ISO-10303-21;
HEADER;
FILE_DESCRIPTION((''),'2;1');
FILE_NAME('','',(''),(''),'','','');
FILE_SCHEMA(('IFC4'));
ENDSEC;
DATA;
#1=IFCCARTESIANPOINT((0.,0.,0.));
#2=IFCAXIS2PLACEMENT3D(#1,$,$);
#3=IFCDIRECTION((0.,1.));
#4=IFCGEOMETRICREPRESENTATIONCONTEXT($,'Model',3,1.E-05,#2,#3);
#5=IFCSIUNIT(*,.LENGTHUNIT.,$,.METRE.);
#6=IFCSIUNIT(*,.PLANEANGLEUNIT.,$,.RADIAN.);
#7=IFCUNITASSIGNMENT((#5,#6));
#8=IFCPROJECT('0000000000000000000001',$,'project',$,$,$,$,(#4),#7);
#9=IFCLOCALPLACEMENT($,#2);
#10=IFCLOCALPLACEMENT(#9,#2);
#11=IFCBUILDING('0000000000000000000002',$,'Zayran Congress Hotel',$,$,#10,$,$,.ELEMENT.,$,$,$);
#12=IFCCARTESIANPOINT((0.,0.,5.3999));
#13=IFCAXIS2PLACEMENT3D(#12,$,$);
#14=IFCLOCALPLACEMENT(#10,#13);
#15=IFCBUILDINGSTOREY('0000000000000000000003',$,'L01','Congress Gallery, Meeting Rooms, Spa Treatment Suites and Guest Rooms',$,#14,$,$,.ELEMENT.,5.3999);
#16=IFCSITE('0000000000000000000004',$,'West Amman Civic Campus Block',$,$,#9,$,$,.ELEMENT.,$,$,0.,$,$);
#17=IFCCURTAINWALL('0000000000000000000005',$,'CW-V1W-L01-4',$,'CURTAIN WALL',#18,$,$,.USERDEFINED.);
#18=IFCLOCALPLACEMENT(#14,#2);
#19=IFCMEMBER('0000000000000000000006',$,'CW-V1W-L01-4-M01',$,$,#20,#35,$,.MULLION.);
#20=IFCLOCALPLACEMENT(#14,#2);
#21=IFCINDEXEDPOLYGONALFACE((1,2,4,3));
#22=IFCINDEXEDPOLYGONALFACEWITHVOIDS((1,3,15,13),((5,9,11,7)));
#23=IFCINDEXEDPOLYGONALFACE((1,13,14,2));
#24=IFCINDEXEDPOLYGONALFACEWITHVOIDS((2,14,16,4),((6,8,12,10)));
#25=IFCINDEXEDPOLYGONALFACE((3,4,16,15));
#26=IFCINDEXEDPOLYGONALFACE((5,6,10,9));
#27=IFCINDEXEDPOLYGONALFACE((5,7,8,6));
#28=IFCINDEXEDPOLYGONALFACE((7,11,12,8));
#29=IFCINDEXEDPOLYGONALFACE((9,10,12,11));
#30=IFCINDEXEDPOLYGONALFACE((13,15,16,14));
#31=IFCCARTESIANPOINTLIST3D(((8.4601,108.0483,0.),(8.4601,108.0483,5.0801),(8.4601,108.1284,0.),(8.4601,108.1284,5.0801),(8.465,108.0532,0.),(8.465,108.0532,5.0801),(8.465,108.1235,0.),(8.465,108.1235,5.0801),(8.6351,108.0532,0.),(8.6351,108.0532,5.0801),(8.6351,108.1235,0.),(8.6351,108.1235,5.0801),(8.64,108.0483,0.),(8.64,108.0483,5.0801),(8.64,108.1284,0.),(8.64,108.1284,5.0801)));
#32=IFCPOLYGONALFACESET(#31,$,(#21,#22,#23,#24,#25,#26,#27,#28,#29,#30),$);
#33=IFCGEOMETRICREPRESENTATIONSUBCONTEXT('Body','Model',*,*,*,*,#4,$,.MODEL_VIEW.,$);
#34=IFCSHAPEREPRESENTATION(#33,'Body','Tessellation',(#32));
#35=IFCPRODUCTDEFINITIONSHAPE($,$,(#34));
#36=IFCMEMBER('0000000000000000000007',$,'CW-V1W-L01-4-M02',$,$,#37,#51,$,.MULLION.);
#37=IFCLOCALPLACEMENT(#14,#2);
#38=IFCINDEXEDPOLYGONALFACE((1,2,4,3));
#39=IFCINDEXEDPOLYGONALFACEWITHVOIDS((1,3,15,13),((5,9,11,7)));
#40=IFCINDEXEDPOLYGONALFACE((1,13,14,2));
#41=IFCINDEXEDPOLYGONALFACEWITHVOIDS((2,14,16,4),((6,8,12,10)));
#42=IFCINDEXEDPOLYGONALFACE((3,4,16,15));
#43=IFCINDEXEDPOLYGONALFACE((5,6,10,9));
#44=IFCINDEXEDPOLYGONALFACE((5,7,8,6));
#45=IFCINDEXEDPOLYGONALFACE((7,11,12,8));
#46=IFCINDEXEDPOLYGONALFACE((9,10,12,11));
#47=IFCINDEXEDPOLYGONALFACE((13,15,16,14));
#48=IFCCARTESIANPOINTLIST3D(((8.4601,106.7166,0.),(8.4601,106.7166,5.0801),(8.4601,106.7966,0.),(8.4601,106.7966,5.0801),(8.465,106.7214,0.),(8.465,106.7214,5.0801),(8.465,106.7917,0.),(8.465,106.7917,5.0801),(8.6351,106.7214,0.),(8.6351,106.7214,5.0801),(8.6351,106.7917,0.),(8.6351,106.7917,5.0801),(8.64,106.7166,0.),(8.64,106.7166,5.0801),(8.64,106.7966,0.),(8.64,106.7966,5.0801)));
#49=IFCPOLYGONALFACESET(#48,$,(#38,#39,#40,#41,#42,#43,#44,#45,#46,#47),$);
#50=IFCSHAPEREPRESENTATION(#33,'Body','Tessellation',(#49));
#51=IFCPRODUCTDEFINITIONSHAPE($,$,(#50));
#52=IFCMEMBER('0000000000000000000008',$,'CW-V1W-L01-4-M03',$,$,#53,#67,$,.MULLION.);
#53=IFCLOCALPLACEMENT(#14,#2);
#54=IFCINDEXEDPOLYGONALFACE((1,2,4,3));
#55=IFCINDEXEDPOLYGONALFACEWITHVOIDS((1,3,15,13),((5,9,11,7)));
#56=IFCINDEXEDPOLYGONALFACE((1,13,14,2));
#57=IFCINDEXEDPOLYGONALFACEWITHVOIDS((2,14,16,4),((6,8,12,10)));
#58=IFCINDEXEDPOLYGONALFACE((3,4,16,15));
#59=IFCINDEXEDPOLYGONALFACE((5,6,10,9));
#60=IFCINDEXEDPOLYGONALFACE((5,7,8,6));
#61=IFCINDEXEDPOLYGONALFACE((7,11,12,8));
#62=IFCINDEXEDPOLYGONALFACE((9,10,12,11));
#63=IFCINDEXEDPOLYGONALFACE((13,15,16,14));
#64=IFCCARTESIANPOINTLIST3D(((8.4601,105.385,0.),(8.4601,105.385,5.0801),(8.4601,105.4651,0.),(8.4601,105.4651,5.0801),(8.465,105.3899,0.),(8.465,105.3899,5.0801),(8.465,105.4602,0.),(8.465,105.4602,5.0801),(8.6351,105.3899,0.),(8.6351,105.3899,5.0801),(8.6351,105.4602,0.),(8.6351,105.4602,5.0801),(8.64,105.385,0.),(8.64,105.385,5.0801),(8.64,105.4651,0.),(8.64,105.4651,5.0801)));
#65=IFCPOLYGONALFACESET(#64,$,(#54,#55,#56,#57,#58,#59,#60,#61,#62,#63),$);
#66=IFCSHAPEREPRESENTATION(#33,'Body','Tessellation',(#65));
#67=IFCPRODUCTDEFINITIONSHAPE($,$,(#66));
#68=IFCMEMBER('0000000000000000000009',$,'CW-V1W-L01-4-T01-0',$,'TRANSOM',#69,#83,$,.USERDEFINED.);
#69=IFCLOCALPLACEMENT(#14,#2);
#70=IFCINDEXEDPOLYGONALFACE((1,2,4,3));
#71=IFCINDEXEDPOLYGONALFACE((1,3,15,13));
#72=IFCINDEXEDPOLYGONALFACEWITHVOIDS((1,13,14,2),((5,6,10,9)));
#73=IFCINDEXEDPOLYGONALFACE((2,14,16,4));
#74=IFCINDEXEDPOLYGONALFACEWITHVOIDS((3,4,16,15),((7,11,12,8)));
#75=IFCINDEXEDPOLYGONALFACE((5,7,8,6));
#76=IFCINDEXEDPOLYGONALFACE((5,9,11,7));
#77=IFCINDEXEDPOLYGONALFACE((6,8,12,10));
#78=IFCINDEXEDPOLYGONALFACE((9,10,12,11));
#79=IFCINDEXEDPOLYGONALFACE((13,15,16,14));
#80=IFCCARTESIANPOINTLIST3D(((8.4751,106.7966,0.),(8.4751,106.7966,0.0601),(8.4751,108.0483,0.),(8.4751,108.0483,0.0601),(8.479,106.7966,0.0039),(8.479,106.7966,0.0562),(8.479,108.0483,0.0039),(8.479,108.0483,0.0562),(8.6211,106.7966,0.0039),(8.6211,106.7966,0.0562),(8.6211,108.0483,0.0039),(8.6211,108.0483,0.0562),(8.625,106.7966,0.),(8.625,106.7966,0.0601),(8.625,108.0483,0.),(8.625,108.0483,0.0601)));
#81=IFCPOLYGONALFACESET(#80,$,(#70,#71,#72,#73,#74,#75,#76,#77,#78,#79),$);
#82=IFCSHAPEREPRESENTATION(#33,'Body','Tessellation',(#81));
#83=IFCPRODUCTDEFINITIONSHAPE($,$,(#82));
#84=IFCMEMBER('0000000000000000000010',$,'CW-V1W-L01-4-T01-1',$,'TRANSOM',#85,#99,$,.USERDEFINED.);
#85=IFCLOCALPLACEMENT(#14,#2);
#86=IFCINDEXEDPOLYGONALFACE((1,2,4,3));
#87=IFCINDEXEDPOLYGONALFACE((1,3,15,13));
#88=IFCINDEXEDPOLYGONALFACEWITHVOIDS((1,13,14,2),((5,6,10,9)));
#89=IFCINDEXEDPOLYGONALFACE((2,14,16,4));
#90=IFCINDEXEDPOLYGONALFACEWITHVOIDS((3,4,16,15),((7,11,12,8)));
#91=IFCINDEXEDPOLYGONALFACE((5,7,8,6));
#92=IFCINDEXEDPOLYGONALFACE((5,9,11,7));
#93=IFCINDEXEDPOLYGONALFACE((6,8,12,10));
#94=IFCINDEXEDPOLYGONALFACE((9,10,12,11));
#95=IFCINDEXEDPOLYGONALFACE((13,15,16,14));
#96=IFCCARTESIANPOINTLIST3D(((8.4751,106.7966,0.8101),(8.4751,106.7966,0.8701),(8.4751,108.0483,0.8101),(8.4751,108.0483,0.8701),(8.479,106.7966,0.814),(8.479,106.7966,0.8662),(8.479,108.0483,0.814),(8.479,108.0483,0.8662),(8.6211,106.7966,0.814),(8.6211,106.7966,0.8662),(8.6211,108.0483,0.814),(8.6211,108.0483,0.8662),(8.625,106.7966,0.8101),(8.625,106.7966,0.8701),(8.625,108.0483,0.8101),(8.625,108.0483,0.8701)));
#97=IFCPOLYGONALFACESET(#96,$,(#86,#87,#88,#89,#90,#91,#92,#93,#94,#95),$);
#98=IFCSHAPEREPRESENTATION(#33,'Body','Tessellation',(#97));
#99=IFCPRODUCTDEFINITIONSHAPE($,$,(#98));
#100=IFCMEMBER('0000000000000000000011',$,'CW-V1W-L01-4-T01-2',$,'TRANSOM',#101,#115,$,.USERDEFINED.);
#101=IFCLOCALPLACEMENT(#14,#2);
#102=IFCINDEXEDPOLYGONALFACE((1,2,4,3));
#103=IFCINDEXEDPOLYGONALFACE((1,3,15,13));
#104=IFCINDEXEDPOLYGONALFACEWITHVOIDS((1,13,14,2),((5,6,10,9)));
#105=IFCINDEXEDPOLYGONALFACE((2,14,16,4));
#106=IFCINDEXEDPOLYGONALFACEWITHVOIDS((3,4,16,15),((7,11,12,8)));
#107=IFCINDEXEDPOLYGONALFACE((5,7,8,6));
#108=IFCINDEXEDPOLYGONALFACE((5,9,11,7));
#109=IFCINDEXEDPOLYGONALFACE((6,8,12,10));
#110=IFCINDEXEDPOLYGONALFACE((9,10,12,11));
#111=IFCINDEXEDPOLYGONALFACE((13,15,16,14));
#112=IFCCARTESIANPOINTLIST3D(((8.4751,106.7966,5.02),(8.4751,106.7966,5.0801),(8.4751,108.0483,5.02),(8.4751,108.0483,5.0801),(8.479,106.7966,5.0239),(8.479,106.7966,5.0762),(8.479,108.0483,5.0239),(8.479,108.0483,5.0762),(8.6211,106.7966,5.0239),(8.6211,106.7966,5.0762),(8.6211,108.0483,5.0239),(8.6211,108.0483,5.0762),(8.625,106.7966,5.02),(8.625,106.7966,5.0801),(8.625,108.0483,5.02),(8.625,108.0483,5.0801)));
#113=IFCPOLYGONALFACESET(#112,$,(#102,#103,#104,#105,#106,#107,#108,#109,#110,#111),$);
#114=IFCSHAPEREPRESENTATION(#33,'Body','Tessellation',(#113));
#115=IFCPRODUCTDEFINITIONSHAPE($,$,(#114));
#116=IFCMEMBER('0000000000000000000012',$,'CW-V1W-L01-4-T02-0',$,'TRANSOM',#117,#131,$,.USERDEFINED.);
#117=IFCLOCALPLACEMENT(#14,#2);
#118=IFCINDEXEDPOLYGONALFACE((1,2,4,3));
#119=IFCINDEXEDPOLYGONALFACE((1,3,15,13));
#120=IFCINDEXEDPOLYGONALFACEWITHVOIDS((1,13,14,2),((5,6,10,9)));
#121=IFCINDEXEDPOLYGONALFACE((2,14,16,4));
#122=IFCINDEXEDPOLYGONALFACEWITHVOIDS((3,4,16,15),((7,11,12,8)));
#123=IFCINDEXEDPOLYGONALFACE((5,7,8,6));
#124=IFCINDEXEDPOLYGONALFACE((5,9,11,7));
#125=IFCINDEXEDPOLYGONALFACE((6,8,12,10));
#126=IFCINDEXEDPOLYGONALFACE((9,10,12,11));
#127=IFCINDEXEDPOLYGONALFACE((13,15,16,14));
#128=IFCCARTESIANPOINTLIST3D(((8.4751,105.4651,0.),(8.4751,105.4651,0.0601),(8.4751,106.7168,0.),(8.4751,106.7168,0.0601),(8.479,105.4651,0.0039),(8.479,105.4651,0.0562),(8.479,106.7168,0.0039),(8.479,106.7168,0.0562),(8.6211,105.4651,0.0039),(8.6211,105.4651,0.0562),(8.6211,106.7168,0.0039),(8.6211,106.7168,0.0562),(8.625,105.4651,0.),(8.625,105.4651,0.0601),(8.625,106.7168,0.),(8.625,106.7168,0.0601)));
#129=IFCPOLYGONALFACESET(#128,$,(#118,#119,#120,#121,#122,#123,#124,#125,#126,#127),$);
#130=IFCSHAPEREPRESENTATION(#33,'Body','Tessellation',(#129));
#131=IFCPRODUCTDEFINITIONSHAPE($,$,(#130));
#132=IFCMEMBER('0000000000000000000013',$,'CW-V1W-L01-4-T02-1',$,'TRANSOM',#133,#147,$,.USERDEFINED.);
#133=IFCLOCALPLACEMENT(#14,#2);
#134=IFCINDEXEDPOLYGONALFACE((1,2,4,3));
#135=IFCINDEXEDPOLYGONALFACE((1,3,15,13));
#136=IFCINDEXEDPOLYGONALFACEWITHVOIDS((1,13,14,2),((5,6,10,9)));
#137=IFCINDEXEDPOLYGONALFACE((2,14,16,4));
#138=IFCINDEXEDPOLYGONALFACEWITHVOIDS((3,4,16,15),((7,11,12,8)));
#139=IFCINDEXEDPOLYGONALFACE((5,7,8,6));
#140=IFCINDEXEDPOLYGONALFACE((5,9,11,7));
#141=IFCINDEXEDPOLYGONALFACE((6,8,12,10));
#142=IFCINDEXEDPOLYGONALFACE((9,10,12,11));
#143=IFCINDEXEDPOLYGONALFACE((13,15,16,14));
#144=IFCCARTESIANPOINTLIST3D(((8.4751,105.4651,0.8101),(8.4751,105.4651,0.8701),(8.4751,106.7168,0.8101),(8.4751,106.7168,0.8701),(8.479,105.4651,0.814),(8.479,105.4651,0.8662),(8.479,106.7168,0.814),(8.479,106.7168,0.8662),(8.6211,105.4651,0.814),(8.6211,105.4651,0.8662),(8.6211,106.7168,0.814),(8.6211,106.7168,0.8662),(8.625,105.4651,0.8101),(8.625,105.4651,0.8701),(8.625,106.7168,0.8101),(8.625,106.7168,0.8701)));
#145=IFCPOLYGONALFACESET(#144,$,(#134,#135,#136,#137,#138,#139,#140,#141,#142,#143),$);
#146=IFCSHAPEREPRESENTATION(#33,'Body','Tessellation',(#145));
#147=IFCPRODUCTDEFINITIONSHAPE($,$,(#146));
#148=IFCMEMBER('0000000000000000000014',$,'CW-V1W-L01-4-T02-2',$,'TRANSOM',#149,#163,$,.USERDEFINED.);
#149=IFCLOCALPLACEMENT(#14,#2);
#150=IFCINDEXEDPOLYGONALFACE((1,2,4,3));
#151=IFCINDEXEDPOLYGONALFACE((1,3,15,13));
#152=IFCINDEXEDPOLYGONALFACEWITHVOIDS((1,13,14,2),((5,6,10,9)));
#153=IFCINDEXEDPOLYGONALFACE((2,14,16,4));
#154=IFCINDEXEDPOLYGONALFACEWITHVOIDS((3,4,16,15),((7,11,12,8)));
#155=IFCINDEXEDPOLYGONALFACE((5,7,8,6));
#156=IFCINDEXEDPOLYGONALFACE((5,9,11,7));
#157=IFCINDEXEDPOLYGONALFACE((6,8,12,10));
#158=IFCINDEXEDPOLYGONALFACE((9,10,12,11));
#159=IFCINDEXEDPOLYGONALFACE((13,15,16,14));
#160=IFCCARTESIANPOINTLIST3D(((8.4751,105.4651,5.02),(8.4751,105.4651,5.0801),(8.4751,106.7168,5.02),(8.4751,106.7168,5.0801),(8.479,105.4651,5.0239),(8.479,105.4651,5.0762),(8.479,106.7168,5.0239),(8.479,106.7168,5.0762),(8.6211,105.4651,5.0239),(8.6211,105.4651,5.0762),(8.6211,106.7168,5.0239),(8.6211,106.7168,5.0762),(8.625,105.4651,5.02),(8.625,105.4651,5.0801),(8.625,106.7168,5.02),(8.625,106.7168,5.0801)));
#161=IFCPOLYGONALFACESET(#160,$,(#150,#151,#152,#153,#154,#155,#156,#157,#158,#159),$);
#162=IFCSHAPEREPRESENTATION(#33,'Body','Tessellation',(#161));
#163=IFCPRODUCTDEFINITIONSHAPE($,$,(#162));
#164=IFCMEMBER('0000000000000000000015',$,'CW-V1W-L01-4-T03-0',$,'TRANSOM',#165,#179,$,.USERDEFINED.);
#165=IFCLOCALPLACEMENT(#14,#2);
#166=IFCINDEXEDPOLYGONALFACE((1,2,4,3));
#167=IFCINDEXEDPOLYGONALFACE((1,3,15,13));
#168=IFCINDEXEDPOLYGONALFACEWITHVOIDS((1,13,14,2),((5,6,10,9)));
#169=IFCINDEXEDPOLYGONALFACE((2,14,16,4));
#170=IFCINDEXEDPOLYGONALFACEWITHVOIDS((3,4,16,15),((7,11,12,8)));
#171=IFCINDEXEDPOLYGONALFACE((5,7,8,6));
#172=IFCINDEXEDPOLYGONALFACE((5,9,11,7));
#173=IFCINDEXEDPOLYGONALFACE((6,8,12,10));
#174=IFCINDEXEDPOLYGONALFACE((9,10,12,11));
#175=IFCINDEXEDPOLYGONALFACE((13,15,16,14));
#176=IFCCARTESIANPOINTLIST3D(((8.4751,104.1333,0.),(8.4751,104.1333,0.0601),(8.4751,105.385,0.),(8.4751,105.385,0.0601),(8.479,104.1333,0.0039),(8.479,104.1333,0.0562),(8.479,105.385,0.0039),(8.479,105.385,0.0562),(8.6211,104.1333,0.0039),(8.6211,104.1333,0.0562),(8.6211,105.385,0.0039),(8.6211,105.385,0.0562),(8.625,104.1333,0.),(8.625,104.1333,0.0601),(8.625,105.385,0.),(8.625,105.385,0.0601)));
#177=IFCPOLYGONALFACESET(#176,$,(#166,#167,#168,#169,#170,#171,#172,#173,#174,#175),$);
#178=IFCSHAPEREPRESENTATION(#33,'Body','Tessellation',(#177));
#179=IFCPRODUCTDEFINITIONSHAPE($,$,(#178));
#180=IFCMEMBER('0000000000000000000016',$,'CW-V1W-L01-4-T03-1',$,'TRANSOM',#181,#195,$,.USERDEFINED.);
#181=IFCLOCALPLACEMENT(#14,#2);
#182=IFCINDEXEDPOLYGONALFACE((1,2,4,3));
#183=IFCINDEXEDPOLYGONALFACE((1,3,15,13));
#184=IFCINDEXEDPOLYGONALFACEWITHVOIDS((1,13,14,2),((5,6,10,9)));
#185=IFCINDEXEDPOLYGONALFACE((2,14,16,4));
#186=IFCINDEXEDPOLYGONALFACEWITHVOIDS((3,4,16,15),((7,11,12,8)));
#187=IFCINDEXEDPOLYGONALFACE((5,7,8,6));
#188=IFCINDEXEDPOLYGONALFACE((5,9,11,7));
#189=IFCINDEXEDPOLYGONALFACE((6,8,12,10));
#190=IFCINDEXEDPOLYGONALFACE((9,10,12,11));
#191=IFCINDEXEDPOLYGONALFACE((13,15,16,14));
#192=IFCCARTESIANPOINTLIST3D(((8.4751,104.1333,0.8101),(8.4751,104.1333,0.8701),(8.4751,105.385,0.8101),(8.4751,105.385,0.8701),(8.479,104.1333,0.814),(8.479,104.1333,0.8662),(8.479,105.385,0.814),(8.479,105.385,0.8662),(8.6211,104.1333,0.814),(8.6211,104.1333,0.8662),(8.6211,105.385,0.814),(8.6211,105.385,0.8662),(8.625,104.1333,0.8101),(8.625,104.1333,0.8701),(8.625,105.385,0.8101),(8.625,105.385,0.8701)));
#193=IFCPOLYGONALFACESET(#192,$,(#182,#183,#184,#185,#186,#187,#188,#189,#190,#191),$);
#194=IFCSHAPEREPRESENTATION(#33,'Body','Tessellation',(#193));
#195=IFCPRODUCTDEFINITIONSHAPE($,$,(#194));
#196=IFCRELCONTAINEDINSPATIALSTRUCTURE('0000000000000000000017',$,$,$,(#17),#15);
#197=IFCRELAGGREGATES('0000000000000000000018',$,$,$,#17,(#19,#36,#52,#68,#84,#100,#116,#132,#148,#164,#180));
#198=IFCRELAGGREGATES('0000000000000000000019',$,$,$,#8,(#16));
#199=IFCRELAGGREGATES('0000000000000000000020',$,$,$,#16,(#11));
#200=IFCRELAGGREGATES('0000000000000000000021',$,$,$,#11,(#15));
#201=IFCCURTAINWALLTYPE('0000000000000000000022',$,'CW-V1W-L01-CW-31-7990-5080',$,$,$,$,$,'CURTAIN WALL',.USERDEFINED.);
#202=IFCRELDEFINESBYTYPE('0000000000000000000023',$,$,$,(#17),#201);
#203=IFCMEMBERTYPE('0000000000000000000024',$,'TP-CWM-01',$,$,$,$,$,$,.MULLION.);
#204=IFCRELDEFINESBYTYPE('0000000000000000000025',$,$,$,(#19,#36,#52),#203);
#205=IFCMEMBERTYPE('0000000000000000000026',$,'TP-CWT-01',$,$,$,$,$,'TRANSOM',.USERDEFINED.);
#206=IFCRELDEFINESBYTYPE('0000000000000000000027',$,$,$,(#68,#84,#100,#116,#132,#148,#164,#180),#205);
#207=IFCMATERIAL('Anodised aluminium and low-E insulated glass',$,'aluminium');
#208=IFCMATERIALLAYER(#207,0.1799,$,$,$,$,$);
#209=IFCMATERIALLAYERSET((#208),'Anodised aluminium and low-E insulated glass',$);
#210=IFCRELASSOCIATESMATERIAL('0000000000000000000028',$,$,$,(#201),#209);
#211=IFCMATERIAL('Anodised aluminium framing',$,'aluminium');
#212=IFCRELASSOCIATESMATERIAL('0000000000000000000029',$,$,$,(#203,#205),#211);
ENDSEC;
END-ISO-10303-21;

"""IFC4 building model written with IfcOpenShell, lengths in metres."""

from ifc_helpers import new_model, si_unit, direction, frame, origin, origin_2d, place, context, subcontext, project, spatial, hollow_rectangle, extrude, material, layer, layer_set, material_profile, profile_set, type_object, element, aggregate, save


model = new_model("IFC4")

# Units and contexts
model_context = context("Model", 3, precision=1e-05, world=origin(), true_north=direction((0.0, 1.0)))
body_context = subcontext(model_context, "Body", "Model", "MODEL_VIEW")
ifc_project = project(units=[si_unit("LENGTHUNIT", "METRE"), si_unit("PLANEANGLEUNIT", "RADIAN")], contexts=[model_context])

# Site, building, storey
site_placement = place(None, origin())
site = spatial("IfcSite", under=ifc_project, at=site_placement, Name="West Amman Civic Campus Block", CompositionType="ELEMENT", RefElevation=0.0)
building_placement = place(site_placement, origin())
building = spatial("IfcBuilding", under=site, at=building_placement, Name="Zayran Congress Hotel", CompositionType="ELEMENT")
storey_placement = place(building_placement, frame((0.0, 0.0, 5.3999)))
storey = spatial("IfcBuildingStorey", under=building, at=storey_placement, Name="L01", Description="Congress Gallery, Meeting Rooms, Spa Treatment Suites and Guest Rooms", CompositionType="ELEMENT", Elevation=5.3999)

# Curtain wall, members
ifc_material_1 = material(Name="Anodised aluminium and low-E insulated glass", Category="aluminium")
ifc_layer_1 = layer(ifc_material_1, 0.1799)
ifc_layer_set_1 = layer_set([ifc_layer_1], Name="Anodised aluminium and low-E insulated glass")
curtain_wall_type_1 = type_object("IfcCurtainWallType", Name="CW-V1W-L01-CW-31-7990-5080", ElementType="CURTAIN WALL", PredefinedType="USERDEFINED", material=ifc_layer_set_1)
curtain_wall_1_placement = place(storey_placement, origin())
curtain_wall_1 = element("IfcCurtainWall", 1, at=curtain_wall_1_placement, inside=storey, type_object=curtain_wall_type_1, Name="CW-V1W-L01-4", ObjectType="CURTAIN WALL", PredefinedType="USERDEFINED")
ifc_material_2 = material(Name="Anodised aluminium framing", Category="aluminium")
ifc_material_profile_1 = material_profile(ifc_material_2, hollow_rectangle(XDim=0.0801, YDim=0.1799, WallThickness=0.0049, at=origin_2d()), Name="RHS 180x80x5")
ifc_profile_set_1 = profile_set([ifc_material_profile_1], Name="Anodised aluminium framing")
member_type_1 = type_object("IfcMemberType", Name="TP-CWM-01", PredefinedType="MULLION", material=ifc_profile_set_1)
member_1_placement = place(storey_placement, frame((8.55, 108.0884, 0.0), z_axis=(0.0, 0.0, 1.0), x_axis=(0.0, 1.0, 0.0)))
member_1 = element("IfcMember", 2, at=member_1_placement, type_object=member_type_1, Name="CW-V1W-L01-4-M01", PredefinedType="MULLION", context=body_context, shape_type="SweptSolid", body=[
    extrude(hollow_rectangle(XDim=0.0801, YDim=0.1799, WallThickness=0.0049, at=origin_2d()), origin(), (0.0, 0.0, 1.0), 5.0801),
])
member_2_placement = place(storey_placement, frame((8.55, 106.7566, 0.0), z_axis=(0.0, 0.0, 1.0), x_axis=(0.0, 1.0, 0.0)))
member_2 = element("IfcMember", 3, at=member_2_placement, type_object=member_type_1, Name="CW-V1W-L01-4-M02", PredefinedType="MULLION", context=body_context, shape_type="SweptSolid", body=[
    extrude(hollow_rectangle(XDim=0.0801, YDim=0.1799, WallThickness=0.0049, at=origin_2d()), origin(), (0.0, 0.0, 1.0), 5.0801),
])
member_3_placement = place(storey_placement, frame((8.55, 105.425, 0.0), z_axis=(0.0, 0.0, 1.0), x_axis=(0.0, 1.0, 0.0)))
member_3 = element("IfcMember", 4, at=member_3_placement, type_object=member_type_1, Name="CW-V1W-L01-4-M03", PredefinedType="MULLION", context=body_context, shape_type="SweptSolid", body=[
    extrude(hollow_rectangle(XDim=0.0801, YDim=0.1799, WallThickness=0.0049, at=origin_2d()), origin(), (0.0, 0.0, 1.0), 5.0801),
])
ifc_material_profile_2 = material_profile(ifc_material_2, hollow_rectangle(XDim=0.0601, YDim=0.1499, WallThickness=0.0039, at=origin_2d()), Name="RHS 150x60x4")
ifc_profile_set_2 = profile_set([ifc_material_profile_2], Name="Anodised aluminium framing")
member_type_2 = type_object("IfcMemberType", Name="TP-CWT-01", ElementType="TRANSOM", PredefinedType="USERDEFINED", material=ifc_profile_set_2)
member_4_placement = place(storey_placement, frame((8.55, 108.0483, 0.03), z_axis=(0.0, -1.0, 0.0), x_axis=(0.0, 0.0, 1.0)))
member_4 = element("IfcMember", 5, at=member_4_placement, type_object=member_type_2, Name="CW-V1W-L01-4-T01-0", ObjectType="TRANSOM", PredefinedType="USERDEFINED", context=body_context, shape_type="SweptSolid", body=[
    extrude(hollow_rectangle(XDim=0.0601, YDim=0.1499, WallThickness=0.0039, at=origin_2d()), origin(), (0.0, 0.0, 1.0), 1.2517),
])
member_5_placement = place(storey_placement, frame((8.55, 108.0483, 0.8401), z_axis=(0.0, -1.0, 0.0), x_axis=(0.0, 0.0, 1.0)))
member_5 = element("IfcMember", 6, at=member_5_placement, type_object=member_type_2, Name="CW-V1W-L01-4-T01-1", ObjectType="TRANSOM", PredefinedType="USERDEFINED", context=body_context, shape_type="SweptSolid", body=[
    extrude(hollow_rectangle(XDim=0.0601, YDim=0.1499, WallThickness=0.0039, at=origin_2d()), origin(), (0.0, 0.0, 1.0), 1.2517),
])
member_6_placement = place(storey_placement, frame((8.55, 108.0483, 5.05), z_axis=(0.0, -1.0, 0.0), x_axis=(0.0, 0.0, 1.0)))
member_6 = element("IfcMember", 7, at=member_6_placement, type_object=member_type_2, Name="CW-V1W-L01-4-T01-2", ObjectType="TRANSOM", PredefinedType="USERDEFINED", context=body_context, shape_type="SweptSolid", body=[
    extrude(hollow_rectangle(XDim=0.0601, YDim=0.1499, WallThickness=0.0039, at=origin_2d()), origin(), (0.0, 0.0, 1.0), 1.2517),
])
member_7_placement = place(storey_placement, frame((8.55, 106.7168, 0.03), z_axis=(0.0, -1.0, 0.0), x_axis=(0.0, 0.0, 1.0)))
member_7 = element("IfcMember", 8, at=member_7_placement, type_object=member_type_2, Name="CW-V1W-L01-4-T02-0", ObjectType="TRANSOM", PredefinedType="USERDEFINED", context=body_context, shape_type="SweptSolid", body=[
    extrude(hollow_rectangle(XDim=0.0601, YDim=0.1499, WallThickness=0.0039, at=origin_2d()), origin(), (0.0, 0.0, 1.0), 1.2517),
])
member_8_placement = place(storey_placement, frame((8.55, 106.7168, 0.8401), z_axis=(0.0, -1.0, 0.0), x_axis=(0.0, 0.0, 1.0)))
member_8 = element("IfcMember", 9, at=member_8_placement, type_object=member_type_2, Name="CW-V1W-L01-4-T02-1", ObjectType="TRANSOM", PredefinedType="USERDEFINED", context=body_context, shape_type="SweptSolid", body=[
    extrude(hollow_rectangle(XDim=0.0601, YDim=0.1499, WallThickness=0.0039, at=origin_2d()), origin(), (0.0, 0.0, 1.0), 1.2517),
])
member_9_placement = place(storey_placement, frame((8.55, 106.7168, 5.05), z_axis=(0.0, -1.0, 0.0), x_axis=(0.0, 0.0, 1.0)))
member_9 = element("IfcMember", 10, at=member_9_placement, type_object=member_type_2, Name="CW-V1W-L01-4-T02-2", ObjectType="TRANSOM", PredefinedType="USERDEFINED", context=body_context, shape_type="SweptSolid", body=[
    extrude(hollow_rectangle(XDim=0.0601, YDim=0.1499, WallThickness=0.0039, at=origin_2d()), origin(), (0.0, 0.0, 1.0), 1.2517),
])
member_10_placement = place(storey_placement, frame((8.55, 105.385, 0.03), z_axis=(0.0, -1.0, 0.0), x_axis=(0.0, 0.0, 1.0)))
member_10 = element("IfcMember", 11, at=member_10_placement, type_object=member_type_2, Name="CW-V1W-L01-4-T03-0", ObjectType="TRANSOM", PredefinedType="USERDEFINED", context=body_context, shape_type="SweptSolid", body=[
    extrude(hollow_rectangle(XDim=0.0601, YDim=0.1499, WallThickness=0.0039, at=origin_2d()), origin(), (0.0, 0.0, 1.0), 1.2517),
])
member_11_placement = place(storey_placement, frame((8.55, 105.385, 0.8401), z_axis=(0.0, -1.0, 0.0), x_axis=(0.0, 0.0, 1.0)))
member_11 = element("IfcMember", 12, at=member_11_placement, type_object=member_type_2, Name="CW-V1W-L01-4-T03-1", ObjectType="TRANSOM", PredefinedType="USERDEFINED", context=body_context, shape_type="SweptSolid", body=[
    extrude(hollow_rectangle(XDim=0.0601, YDim=0.1499, WallThickness=0.0039, at=origin_2d()), origin(), (0.0, 0.0, 1.0), 1.2517),
])

aggregate(curtain_wall_1, [member_1, member_2, member_3, member_4, member_5, member_6, member_7, member_8, member_9, member_10, member_11])

save(model, "model.ifc")
